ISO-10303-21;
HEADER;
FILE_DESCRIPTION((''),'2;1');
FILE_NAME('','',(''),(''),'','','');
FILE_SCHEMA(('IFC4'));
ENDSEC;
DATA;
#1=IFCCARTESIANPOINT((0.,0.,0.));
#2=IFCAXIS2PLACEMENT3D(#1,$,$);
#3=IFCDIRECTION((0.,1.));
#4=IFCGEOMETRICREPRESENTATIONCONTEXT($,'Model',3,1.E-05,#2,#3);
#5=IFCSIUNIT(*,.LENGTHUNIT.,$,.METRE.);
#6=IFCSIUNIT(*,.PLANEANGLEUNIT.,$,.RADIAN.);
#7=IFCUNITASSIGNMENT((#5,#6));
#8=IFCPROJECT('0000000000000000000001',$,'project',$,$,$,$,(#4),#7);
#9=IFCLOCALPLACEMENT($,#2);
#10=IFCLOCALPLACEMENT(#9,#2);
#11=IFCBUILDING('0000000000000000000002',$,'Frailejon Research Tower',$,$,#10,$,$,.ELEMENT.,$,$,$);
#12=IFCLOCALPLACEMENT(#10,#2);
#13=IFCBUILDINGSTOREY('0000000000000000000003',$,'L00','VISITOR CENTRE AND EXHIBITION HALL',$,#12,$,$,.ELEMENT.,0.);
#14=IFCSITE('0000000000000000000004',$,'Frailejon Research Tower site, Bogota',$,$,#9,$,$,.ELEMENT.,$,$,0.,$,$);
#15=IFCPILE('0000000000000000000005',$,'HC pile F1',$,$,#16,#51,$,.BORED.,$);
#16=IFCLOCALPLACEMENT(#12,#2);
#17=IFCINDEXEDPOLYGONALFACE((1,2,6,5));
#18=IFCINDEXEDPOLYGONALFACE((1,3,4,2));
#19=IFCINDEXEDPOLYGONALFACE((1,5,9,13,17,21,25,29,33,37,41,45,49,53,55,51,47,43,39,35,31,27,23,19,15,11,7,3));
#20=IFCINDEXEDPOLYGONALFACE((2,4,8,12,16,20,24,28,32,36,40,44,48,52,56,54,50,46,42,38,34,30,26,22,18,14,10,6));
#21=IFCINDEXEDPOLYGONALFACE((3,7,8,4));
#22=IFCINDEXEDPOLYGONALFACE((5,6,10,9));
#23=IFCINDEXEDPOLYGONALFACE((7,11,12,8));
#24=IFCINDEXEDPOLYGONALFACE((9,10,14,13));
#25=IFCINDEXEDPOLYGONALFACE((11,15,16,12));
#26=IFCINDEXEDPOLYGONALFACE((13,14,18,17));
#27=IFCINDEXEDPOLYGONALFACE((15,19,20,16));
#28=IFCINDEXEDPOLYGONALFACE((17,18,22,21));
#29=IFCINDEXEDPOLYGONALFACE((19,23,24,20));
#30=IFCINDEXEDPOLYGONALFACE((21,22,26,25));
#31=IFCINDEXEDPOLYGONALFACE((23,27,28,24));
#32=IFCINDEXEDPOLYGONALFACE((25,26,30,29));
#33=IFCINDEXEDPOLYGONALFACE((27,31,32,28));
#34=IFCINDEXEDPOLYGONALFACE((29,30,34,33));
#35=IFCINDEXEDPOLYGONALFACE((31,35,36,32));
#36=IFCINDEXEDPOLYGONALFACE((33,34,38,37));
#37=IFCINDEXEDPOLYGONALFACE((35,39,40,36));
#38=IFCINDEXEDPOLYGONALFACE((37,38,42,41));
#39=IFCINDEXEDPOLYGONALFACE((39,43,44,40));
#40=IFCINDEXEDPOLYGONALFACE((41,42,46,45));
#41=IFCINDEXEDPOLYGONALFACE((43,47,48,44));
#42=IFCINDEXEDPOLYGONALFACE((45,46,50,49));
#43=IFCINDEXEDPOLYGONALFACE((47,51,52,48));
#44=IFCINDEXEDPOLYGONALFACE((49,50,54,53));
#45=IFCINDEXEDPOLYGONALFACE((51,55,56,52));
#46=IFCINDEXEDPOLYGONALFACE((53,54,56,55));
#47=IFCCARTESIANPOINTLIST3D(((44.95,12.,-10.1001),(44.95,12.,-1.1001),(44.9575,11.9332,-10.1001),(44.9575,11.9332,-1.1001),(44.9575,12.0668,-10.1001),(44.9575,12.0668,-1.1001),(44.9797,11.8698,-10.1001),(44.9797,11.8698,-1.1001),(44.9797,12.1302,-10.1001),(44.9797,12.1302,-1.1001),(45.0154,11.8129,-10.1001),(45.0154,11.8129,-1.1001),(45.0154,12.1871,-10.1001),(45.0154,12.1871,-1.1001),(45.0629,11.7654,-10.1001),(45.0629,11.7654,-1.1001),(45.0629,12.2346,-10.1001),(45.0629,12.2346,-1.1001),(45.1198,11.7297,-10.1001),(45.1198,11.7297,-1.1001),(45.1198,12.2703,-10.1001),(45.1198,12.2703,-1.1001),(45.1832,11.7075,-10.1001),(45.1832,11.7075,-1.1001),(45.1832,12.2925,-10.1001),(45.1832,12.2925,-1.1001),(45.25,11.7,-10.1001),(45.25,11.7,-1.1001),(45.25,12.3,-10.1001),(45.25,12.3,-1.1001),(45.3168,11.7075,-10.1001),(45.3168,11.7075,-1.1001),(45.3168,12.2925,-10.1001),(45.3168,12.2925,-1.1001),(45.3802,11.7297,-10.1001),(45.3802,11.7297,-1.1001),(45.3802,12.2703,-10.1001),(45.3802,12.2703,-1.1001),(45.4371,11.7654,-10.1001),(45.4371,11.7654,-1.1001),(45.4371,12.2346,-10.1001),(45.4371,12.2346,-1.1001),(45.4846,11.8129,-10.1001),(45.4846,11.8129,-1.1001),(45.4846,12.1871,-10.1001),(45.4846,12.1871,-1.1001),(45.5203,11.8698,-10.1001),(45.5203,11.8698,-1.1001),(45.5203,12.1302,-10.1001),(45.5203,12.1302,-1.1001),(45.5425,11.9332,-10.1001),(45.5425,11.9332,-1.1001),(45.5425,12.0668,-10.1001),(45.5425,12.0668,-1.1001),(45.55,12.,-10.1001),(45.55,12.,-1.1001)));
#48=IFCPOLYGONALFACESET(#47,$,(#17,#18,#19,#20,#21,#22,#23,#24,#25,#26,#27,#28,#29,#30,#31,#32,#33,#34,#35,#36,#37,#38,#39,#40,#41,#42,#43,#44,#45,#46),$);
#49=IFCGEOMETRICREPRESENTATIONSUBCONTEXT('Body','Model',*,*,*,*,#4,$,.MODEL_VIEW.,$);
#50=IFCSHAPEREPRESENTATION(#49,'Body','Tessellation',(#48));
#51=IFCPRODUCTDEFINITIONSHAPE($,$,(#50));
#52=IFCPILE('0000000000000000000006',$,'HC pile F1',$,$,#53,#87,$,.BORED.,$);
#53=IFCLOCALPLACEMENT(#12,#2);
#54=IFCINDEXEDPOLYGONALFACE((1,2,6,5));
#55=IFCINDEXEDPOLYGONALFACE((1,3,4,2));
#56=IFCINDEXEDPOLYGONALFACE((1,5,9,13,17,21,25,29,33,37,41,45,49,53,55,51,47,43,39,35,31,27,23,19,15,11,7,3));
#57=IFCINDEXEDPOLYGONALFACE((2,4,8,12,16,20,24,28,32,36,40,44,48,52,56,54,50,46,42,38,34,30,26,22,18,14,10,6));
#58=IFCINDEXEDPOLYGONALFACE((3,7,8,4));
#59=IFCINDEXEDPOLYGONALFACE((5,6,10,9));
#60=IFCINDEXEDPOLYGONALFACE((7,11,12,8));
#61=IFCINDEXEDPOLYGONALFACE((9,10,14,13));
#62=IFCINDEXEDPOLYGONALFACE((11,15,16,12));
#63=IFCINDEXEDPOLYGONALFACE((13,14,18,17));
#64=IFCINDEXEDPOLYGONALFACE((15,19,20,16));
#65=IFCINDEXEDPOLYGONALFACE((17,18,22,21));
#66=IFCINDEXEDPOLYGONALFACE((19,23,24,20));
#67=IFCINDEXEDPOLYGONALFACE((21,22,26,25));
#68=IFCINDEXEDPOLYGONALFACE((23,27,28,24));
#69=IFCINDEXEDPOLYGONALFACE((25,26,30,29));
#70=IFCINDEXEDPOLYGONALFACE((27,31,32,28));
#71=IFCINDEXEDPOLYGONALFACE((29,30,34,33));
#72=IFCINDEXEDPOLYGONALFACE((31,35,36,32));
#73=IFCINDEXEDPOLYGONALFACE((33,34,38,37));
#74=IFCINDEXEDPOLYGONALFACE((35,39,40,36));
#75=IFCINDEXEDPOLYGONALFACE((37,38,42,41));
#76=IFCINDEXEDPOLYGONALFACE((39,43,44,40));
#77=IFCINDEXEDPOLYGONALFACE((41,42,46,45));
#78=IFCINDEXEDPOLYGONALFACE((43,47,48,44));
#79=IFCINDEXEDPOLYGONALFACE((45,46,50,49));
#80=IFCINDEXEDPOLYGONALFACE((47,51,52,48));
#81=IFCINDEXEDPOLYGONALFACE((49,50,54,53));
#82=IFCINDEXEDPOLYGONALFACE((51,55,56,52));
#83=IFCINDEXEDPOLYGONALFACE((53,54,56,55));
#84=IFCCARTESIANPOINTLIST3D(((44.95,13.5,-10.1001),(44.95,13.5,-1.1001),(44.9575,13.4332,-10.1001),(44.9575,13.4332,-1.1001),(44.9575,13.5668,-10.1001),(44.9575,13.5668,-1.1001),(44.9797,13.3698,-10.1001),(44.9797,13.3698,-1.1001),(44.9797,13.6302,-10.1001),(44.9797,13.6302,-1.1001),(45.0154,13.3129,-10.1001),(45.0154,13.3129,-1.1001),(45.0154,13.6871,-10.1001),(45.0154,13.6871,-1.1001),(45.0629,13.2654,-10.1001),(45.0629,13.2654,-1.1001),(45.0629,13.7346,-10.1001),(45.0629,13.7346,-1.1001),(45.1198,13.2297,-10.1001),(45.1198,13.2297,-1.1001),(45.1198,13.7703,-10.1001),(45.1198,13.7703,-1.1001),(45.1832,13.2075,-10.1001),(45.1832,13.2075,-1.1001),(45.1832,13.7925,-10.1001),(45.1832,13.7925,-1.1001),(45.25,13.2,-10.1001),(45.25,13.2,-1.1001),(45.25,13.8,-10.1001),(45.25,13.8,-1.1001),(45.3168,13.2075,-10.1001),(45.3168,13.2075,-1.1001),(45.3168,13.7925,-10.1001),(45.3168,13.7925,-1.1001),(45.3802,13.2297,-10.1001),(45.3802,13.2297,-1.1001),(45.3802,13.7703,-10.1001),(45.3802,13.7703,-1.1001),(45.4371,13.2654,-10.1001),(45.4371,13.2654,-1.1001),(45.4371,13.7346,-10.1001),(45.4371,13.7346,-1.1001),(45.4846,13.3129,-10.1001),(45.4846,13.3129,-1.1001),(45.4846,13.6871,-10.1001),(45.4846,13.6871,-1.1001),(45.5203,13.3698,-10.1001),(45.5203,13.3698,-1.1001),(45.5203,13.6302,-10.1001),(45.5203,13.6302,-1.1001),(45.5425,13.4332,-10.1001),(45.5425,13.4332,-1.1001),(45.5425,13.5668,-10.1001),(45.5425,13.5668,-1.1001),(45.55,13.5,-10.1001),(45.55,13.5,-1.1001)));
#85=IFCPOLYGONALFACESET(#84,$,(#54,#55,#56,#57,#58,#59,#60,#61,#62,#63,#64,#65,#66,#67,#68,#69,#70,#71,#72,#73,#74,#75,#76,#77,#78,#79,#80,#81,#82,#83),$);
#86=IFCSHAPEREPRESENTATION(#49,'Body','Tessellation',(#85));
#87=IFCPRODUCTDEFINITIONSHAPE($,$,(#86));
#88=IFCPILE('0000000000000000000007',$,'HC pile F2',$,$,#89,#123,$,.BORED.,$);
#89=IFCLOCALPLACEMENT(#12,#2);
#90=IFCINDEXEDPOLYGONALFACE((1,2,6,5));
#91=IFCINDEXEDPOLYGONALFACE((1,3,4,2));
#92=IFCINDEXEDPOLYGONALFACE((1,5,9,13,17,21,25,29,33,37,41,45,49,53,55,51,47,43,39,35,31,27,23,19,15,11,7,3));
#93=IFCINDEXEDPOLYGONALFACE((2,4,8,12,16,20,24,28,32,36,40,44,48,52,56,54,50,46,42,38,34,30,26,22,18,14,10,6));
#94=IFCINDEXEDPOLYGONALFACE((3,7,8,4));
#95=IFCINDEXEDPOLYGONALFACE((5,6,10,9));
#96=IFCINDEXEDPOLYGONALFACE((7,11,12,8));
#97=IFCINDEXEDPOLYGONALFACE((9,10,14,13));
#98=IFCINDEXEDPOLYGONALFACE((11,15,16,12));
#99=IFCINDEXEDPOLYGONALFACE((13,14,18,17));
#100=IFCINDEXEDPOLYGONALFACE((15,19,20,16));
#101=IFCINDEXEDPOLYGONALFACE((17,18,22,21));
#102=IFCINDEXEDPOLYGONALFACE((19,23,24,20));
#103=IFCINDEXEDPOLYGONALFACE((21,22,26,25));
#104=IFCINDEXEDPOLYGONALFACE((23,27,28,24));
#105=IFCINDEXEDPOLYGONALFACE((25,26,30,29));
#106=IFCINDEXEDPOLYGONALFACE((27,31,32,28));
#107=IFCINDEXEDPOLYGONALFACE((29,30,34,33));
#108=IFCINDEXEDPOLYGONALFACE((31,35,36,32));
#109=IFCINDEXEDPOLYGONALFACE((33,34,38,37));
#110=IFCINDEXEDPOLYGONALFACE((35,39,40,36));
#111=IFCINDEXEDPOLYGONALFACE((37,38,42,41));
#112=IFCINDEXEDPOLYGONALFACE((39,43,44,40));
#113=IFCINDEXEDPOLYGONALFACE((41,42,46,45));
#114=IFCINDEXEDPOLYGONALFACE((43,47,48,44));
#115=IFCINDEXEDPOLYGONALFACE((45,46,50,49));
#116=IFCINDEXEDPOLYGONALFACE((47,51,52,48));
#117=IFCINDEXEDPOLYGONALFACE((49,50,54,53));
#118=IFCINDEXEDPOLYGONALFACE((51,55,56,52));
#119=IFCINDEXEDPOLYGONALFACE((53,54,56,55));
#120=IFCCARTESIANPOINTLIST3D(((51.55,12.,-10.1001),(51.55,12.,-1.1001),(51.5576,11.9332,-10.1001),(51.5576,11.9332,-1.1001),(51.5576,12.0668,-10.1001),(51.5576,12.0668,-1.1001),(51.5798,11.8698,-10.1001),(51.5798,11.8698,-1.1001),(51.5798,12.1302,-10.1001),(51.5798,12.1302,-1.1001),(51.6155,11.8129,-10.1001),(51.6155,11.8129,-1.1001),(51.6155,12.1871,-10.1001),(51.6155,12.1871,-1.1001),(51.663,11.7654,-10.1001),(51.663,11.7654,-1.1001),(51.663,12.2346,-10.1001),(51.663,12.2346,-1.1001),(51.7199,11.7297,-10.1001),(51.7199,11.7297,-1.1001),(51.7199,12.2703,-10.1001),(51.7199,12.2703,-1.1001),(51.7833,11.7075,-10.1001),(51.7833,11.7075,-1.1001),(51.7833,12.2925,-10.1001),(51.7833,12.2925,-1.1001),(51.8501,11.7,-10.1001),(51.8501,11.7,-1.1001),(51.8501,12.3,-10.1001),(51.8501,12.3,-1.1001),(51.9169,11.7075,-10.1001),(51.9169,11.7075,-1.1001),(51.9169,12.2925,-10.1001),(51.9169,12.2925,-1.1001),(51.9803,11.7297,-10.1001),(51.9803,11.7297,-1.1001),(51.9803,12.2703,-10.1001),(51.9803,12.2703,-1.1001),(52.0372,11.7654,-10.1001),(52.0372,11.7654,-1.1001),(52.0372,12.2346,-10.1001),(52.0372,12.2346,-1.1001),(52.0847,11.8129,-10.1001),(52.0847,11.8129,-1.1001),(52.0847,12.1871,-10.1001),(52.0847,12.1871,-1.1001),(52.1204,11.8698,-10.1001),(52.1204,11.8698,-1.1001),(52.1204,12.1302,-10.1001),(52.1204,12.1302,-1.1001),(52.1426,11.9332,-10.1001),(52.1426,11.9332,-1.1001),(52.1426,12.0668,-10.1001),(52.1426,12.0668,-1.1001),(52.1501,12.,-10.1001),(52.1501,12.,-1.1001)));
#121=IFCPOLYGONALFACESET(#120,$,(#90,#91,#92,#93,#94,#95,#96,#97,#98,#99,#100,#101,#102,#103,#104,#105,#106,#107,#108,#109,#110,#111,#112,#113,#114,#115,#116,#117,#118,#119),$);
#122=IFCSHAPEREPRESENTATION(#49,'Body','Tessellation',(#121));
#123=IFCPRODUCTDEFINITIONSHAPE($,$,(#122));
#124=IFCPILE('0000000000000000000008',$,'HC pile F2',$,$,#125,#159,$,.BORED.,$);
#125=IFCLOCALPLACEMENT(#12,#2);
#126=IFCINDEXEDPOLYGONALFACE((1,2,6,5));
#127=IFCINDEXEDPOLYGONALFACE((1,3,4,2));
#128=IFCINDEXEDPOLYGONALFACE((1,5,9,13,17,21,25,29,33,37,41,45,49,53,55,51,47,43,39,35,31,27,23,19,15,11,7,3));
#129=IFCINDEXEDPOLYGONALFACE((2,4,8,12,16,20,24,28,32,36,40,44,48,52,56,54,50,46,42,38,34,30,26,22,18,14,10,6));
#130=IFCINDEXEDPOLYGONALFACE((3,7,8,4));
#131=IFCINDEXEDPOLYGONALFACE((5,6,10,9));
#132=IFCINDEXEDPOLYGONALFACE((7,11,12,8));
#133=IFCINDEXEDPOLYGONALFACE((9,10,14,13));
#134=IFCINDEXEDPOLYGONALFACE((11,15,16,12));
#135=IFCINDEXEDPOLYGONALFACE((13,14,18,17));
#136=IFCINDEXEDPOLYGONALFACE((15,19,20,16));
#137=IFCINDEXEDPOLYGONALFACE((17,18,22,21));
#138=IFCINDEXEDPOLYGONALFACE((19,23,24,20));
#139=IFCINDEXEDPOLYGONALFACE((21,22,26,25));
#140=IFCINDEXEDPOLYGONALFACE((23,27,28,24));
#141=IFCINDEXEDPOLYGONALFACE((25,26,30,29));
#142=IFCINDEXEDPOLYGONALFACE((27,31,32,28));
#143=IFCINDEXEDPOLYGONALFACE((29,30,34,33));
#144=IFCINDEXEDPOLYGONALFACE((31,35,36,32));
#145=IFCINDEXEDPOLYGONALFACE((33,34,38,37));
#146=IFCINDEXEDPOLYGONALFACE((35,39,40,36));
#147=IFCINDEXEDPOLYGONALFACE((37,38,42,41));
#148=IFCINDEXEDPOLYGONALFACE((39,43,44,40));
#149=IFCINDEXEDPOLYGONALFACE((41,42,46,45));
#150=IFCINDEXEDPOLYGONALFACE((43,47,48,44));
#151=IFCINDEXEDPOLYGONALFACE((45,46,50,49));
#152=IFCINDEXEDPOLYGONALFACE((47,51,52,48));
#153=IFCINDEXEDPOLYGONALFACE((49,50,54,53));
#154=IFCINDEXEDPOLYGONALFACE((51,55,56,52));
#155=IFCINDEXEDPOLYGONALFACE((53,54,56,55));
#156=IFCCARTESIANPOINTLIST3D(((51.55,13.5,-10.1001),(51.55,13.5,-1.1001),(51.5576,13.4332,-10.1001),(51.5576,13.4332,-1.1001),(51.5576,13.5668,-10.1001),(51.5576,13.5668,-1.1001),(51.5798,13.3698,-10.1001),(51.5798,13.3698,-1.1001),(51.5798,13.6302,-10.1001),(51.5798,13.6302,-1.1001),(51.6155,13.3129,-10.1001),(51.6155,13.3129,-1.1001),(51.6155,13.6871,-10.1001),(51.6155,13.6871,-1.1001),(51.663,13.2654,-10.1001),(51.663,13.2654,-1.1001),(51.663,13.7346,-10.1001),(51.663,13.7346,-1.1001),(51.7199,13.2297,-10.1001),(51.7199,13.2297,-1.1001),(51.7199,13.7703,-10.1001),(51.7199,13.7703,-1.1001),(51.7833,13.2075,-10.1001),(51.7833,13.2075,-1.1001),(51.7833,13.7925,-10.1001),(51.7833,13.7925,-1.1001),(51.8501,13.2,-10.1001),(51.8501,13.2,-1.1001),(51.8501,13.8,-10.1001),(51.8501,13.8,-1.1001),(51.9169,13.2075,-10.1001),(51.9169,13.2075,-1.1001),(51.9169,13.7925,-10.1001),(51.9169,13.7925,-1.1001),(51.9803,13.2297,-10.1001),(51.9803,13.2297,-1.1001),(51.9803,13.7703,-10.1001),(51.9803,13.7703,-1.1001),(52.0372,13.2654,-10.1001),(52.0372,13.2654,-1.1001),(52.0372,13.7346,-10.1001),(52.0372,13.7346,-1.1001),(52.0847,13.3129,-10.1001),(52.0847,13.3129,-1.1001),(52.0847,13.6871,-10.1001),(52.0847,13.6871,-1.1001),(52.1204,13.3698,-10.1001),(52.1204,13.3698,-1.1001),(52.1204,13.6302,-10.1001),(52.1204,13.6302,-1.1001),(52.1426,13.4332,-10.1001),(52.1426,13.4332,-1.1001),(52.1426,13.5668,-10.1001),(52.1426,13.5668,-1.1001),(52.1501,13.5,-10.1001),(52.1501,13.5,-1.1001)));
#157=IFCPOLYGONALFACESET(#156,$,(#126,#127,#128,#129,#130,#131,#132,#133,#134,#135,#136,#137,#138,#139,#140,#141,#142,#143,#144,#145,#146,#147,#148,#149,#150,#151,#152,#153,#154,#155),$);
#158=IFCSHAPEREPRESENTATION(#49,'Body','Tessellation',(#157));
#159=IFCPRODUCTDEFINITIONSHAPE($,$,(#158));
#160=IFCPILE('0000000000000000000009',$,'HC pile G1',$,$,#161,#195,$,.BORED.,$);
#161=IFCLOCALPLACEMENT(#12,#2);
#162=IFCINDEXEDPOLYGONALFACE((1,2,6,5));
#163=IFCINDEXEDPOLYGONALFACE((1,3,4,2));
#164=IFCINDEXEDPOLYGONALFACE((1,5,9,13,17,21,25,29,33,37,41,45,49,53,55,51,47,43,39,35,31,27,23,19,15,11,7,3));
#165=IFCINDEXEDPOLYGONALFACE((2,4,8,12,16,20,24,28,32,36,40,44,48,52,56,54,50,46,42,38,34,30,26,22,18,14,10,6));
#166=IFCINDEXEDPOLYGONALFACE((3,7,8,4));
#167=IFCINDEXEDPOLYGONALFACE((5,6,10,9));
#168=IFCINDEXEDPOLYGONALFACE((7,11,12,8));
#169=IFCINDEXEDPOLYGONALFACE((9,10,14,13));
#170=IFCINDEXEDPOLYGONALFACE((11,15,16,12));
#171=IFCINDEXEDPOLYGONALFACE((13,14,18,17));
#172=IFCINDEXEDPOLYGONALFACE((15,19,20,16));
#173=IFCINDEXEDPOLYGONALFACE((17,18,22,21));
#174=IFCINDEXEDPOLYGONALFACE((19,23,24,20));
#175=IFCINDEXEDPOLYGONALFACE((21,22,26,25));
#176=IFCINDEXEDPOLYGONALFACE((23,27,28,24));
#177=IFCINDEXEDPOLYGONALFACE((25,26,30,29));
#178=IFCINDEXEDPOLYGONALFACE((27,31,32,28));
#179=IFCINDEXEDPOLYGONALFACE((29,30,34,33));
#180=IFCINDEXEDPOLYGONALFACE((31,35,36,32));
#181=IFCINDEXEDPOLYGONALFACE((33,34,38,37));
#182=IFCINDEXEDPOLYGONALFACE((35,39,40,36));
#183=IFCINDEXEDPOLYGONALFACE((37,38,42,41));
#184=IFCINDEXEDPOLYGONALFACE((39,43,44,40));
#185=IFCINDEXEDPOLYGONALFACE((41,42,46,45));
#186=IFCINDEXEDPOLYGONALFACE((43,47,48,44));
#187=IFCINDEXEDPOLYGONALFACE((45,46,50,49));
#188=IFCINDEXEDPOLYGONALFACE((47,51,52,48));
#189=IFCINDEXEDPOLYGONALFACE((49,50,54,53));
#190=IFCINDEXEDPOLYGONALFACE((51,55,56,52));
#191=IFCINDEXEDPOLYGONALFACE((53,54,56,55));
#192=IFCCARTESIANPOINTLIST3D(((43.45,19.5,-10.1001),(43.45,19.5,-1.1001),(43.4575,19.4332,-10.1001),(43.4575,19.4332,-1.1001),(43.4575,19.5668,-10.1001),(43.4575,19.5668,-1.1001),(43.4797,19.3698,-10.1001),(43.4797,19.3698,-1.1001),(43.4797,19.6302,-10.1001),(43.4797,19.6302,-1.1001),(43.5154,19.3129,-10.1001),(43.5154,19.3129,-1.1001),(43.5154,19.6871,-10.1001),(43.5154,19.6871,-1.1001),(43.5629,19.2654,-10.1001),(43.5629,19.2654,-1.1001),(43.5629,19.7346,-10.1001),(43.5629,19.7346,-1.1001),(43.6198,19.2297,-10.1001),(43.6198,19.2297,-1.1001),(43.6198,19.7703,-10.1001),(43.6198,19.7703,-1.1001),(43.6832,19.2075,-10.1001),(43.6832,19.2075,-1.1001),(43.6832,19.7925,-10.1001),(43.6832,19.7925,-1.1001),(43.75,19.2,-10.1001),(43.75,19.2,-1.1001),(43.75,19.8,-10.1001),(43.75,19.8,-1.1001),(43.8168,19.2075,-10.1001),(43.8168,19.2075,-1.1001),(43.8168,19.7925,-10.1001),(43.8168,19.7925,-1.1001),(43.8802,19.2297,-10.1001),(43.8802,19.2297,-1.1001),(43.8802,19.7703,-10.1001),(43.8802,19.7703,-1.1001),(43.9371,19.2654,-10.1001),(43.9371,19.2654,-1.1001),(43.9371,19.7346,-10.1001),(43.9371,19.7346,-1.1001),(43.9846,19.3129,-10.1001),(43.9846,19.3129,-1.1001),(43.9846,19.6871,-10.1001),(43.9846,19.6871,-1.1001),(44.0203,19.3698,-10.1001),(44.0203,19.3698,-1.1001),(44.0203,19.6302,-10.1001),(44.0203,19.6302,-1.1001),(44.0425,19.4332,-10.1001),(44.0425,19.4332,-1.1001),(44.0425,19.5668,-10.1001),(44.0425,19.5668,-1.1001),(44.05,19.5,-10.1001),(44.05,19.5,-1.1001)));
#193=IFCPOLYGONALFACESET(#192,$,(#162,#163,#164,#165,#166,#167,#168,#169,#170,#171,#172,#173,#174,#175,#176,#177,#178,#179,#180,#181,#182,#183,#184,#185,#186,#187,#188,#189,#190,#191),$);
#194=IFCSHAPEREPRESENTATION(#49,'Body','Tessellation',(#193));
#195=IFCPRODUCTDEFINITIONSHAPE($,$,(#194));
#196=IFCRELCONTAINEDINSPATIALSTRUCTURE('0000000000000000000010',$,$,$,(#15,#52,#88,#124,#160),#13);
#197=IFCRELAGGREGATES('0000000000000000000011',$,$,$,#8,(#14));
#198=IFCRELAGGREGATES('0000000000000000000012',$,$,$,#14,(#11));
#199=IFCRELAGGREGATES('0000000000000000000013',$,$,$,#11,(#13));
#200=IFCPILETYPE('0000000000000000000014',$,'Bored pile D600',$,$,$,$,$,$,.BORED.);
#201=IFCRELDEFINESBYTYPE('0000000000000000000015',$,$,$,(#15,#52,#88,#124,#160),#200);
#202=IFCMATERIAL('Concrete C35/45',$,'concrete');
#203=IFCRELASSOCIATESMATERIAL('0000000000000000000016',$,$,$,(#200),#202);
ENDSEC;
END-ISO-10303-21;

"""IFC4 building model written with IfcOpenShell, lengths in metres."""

from ifc_helpers import new_model, si_unit, direction, frame, origin, origin_2d, place, context, subcontext, project, spatial, circle, extrude, material, material_profile, profile_set, type_object, element, save


model = new_model("IFC4")

# Units and contexts
model_context = context("Model", 3, precision=1e-05, world=origin(), true_north=direction((0.0, 1.0)))
body_context = subcontext(model_context, "Body", "Model", "MODEL_VIEW")
ifc_project = project(units=[si_unit("LENGTHUNIT", "METRE"), si_unit("PLANEANGLEUNIT", "RADIAN")], contexts=[model_context])

# Site, building, storey
site_placement = place(None, origin())
site = spatial("IfcSite", under=ifc_project, at=site_placement, Name="Frailejon Research Tower site, Bogota", CompositionType="ELEMENT", RefElevation=0.0)
building_placement = place(site_placement, origin())
building = spatial("IfcBuilding", under=site, at=building_placement, Name="Frailejon Research Tower", CompositionType="ELEMENT")
storey_placement = place(building_placement, origin())
storey = spatial("IfcBuildingStorey", under=building, at=storey_placement, Name="L00", Description="VISITOR CENTRE AND EXHIBITION HALL", CompositionType="ELEMENT", Elevation=0.0)

# Piles
ifc_material_1 = material(Name="Concrete C35/45", Category="concrete")
ifc_material_profile_1 = material_profile(ifc_material_1, circle(Radius=0.3, at=origin_2d()), Name="Bored pile D600")
ifc_profile_set_1 = profile_set([ifc_material_profile_1], Name="Concrete C35/45")
pile_type = type_object("IfcPileType", Name="Bored pile D600", PredefinedType="BORED", material=ifc_profile_set_1)
for number, where, z_axis, x_axis, name in (
    (1, (45.25, 12.0, -1.1001), (0.0, 0.0, -1.0), (1.0, 0.0, 0.0), "HC pile F1"),
    (2, (45.25, 13.5, -1.1001), (0.0, 0.0, -1.0), (1.0, 0.0, 0.0), "HC pile F1"),
    (3, (51.8501, 12.0, -1.1001), (0.0, 0.0, -1.0), (1.0, 0.0, 0.0), "HC pile F2"),
    (4, (51.8501, 13.5, -1.1001), (0.0, 0.0, -1.0), (1.0, 0.0, 0.0), "HC pile F2"),
    (5, (43.75, 19.5, -1.1001), (0.0, 0.0, -1.0), (1.0, 0.0, 0.0), "HC pile G1"),
):
    element("IfcPile", number, at=place(storey_placement, frame(where, z_axis=z_axis, x_axis=x_axis)), inside=storey, type_object=pile_type, Name=name, PredefinedType="BORED", context=body_context, shape_type="SweptSolid", body=[
        extrude(circle(Radius=0.3, at=origin_2d()), origin(), (0.0, 0.0, 1.0), 9.0),
    ])

save(model, "model.ifc")
